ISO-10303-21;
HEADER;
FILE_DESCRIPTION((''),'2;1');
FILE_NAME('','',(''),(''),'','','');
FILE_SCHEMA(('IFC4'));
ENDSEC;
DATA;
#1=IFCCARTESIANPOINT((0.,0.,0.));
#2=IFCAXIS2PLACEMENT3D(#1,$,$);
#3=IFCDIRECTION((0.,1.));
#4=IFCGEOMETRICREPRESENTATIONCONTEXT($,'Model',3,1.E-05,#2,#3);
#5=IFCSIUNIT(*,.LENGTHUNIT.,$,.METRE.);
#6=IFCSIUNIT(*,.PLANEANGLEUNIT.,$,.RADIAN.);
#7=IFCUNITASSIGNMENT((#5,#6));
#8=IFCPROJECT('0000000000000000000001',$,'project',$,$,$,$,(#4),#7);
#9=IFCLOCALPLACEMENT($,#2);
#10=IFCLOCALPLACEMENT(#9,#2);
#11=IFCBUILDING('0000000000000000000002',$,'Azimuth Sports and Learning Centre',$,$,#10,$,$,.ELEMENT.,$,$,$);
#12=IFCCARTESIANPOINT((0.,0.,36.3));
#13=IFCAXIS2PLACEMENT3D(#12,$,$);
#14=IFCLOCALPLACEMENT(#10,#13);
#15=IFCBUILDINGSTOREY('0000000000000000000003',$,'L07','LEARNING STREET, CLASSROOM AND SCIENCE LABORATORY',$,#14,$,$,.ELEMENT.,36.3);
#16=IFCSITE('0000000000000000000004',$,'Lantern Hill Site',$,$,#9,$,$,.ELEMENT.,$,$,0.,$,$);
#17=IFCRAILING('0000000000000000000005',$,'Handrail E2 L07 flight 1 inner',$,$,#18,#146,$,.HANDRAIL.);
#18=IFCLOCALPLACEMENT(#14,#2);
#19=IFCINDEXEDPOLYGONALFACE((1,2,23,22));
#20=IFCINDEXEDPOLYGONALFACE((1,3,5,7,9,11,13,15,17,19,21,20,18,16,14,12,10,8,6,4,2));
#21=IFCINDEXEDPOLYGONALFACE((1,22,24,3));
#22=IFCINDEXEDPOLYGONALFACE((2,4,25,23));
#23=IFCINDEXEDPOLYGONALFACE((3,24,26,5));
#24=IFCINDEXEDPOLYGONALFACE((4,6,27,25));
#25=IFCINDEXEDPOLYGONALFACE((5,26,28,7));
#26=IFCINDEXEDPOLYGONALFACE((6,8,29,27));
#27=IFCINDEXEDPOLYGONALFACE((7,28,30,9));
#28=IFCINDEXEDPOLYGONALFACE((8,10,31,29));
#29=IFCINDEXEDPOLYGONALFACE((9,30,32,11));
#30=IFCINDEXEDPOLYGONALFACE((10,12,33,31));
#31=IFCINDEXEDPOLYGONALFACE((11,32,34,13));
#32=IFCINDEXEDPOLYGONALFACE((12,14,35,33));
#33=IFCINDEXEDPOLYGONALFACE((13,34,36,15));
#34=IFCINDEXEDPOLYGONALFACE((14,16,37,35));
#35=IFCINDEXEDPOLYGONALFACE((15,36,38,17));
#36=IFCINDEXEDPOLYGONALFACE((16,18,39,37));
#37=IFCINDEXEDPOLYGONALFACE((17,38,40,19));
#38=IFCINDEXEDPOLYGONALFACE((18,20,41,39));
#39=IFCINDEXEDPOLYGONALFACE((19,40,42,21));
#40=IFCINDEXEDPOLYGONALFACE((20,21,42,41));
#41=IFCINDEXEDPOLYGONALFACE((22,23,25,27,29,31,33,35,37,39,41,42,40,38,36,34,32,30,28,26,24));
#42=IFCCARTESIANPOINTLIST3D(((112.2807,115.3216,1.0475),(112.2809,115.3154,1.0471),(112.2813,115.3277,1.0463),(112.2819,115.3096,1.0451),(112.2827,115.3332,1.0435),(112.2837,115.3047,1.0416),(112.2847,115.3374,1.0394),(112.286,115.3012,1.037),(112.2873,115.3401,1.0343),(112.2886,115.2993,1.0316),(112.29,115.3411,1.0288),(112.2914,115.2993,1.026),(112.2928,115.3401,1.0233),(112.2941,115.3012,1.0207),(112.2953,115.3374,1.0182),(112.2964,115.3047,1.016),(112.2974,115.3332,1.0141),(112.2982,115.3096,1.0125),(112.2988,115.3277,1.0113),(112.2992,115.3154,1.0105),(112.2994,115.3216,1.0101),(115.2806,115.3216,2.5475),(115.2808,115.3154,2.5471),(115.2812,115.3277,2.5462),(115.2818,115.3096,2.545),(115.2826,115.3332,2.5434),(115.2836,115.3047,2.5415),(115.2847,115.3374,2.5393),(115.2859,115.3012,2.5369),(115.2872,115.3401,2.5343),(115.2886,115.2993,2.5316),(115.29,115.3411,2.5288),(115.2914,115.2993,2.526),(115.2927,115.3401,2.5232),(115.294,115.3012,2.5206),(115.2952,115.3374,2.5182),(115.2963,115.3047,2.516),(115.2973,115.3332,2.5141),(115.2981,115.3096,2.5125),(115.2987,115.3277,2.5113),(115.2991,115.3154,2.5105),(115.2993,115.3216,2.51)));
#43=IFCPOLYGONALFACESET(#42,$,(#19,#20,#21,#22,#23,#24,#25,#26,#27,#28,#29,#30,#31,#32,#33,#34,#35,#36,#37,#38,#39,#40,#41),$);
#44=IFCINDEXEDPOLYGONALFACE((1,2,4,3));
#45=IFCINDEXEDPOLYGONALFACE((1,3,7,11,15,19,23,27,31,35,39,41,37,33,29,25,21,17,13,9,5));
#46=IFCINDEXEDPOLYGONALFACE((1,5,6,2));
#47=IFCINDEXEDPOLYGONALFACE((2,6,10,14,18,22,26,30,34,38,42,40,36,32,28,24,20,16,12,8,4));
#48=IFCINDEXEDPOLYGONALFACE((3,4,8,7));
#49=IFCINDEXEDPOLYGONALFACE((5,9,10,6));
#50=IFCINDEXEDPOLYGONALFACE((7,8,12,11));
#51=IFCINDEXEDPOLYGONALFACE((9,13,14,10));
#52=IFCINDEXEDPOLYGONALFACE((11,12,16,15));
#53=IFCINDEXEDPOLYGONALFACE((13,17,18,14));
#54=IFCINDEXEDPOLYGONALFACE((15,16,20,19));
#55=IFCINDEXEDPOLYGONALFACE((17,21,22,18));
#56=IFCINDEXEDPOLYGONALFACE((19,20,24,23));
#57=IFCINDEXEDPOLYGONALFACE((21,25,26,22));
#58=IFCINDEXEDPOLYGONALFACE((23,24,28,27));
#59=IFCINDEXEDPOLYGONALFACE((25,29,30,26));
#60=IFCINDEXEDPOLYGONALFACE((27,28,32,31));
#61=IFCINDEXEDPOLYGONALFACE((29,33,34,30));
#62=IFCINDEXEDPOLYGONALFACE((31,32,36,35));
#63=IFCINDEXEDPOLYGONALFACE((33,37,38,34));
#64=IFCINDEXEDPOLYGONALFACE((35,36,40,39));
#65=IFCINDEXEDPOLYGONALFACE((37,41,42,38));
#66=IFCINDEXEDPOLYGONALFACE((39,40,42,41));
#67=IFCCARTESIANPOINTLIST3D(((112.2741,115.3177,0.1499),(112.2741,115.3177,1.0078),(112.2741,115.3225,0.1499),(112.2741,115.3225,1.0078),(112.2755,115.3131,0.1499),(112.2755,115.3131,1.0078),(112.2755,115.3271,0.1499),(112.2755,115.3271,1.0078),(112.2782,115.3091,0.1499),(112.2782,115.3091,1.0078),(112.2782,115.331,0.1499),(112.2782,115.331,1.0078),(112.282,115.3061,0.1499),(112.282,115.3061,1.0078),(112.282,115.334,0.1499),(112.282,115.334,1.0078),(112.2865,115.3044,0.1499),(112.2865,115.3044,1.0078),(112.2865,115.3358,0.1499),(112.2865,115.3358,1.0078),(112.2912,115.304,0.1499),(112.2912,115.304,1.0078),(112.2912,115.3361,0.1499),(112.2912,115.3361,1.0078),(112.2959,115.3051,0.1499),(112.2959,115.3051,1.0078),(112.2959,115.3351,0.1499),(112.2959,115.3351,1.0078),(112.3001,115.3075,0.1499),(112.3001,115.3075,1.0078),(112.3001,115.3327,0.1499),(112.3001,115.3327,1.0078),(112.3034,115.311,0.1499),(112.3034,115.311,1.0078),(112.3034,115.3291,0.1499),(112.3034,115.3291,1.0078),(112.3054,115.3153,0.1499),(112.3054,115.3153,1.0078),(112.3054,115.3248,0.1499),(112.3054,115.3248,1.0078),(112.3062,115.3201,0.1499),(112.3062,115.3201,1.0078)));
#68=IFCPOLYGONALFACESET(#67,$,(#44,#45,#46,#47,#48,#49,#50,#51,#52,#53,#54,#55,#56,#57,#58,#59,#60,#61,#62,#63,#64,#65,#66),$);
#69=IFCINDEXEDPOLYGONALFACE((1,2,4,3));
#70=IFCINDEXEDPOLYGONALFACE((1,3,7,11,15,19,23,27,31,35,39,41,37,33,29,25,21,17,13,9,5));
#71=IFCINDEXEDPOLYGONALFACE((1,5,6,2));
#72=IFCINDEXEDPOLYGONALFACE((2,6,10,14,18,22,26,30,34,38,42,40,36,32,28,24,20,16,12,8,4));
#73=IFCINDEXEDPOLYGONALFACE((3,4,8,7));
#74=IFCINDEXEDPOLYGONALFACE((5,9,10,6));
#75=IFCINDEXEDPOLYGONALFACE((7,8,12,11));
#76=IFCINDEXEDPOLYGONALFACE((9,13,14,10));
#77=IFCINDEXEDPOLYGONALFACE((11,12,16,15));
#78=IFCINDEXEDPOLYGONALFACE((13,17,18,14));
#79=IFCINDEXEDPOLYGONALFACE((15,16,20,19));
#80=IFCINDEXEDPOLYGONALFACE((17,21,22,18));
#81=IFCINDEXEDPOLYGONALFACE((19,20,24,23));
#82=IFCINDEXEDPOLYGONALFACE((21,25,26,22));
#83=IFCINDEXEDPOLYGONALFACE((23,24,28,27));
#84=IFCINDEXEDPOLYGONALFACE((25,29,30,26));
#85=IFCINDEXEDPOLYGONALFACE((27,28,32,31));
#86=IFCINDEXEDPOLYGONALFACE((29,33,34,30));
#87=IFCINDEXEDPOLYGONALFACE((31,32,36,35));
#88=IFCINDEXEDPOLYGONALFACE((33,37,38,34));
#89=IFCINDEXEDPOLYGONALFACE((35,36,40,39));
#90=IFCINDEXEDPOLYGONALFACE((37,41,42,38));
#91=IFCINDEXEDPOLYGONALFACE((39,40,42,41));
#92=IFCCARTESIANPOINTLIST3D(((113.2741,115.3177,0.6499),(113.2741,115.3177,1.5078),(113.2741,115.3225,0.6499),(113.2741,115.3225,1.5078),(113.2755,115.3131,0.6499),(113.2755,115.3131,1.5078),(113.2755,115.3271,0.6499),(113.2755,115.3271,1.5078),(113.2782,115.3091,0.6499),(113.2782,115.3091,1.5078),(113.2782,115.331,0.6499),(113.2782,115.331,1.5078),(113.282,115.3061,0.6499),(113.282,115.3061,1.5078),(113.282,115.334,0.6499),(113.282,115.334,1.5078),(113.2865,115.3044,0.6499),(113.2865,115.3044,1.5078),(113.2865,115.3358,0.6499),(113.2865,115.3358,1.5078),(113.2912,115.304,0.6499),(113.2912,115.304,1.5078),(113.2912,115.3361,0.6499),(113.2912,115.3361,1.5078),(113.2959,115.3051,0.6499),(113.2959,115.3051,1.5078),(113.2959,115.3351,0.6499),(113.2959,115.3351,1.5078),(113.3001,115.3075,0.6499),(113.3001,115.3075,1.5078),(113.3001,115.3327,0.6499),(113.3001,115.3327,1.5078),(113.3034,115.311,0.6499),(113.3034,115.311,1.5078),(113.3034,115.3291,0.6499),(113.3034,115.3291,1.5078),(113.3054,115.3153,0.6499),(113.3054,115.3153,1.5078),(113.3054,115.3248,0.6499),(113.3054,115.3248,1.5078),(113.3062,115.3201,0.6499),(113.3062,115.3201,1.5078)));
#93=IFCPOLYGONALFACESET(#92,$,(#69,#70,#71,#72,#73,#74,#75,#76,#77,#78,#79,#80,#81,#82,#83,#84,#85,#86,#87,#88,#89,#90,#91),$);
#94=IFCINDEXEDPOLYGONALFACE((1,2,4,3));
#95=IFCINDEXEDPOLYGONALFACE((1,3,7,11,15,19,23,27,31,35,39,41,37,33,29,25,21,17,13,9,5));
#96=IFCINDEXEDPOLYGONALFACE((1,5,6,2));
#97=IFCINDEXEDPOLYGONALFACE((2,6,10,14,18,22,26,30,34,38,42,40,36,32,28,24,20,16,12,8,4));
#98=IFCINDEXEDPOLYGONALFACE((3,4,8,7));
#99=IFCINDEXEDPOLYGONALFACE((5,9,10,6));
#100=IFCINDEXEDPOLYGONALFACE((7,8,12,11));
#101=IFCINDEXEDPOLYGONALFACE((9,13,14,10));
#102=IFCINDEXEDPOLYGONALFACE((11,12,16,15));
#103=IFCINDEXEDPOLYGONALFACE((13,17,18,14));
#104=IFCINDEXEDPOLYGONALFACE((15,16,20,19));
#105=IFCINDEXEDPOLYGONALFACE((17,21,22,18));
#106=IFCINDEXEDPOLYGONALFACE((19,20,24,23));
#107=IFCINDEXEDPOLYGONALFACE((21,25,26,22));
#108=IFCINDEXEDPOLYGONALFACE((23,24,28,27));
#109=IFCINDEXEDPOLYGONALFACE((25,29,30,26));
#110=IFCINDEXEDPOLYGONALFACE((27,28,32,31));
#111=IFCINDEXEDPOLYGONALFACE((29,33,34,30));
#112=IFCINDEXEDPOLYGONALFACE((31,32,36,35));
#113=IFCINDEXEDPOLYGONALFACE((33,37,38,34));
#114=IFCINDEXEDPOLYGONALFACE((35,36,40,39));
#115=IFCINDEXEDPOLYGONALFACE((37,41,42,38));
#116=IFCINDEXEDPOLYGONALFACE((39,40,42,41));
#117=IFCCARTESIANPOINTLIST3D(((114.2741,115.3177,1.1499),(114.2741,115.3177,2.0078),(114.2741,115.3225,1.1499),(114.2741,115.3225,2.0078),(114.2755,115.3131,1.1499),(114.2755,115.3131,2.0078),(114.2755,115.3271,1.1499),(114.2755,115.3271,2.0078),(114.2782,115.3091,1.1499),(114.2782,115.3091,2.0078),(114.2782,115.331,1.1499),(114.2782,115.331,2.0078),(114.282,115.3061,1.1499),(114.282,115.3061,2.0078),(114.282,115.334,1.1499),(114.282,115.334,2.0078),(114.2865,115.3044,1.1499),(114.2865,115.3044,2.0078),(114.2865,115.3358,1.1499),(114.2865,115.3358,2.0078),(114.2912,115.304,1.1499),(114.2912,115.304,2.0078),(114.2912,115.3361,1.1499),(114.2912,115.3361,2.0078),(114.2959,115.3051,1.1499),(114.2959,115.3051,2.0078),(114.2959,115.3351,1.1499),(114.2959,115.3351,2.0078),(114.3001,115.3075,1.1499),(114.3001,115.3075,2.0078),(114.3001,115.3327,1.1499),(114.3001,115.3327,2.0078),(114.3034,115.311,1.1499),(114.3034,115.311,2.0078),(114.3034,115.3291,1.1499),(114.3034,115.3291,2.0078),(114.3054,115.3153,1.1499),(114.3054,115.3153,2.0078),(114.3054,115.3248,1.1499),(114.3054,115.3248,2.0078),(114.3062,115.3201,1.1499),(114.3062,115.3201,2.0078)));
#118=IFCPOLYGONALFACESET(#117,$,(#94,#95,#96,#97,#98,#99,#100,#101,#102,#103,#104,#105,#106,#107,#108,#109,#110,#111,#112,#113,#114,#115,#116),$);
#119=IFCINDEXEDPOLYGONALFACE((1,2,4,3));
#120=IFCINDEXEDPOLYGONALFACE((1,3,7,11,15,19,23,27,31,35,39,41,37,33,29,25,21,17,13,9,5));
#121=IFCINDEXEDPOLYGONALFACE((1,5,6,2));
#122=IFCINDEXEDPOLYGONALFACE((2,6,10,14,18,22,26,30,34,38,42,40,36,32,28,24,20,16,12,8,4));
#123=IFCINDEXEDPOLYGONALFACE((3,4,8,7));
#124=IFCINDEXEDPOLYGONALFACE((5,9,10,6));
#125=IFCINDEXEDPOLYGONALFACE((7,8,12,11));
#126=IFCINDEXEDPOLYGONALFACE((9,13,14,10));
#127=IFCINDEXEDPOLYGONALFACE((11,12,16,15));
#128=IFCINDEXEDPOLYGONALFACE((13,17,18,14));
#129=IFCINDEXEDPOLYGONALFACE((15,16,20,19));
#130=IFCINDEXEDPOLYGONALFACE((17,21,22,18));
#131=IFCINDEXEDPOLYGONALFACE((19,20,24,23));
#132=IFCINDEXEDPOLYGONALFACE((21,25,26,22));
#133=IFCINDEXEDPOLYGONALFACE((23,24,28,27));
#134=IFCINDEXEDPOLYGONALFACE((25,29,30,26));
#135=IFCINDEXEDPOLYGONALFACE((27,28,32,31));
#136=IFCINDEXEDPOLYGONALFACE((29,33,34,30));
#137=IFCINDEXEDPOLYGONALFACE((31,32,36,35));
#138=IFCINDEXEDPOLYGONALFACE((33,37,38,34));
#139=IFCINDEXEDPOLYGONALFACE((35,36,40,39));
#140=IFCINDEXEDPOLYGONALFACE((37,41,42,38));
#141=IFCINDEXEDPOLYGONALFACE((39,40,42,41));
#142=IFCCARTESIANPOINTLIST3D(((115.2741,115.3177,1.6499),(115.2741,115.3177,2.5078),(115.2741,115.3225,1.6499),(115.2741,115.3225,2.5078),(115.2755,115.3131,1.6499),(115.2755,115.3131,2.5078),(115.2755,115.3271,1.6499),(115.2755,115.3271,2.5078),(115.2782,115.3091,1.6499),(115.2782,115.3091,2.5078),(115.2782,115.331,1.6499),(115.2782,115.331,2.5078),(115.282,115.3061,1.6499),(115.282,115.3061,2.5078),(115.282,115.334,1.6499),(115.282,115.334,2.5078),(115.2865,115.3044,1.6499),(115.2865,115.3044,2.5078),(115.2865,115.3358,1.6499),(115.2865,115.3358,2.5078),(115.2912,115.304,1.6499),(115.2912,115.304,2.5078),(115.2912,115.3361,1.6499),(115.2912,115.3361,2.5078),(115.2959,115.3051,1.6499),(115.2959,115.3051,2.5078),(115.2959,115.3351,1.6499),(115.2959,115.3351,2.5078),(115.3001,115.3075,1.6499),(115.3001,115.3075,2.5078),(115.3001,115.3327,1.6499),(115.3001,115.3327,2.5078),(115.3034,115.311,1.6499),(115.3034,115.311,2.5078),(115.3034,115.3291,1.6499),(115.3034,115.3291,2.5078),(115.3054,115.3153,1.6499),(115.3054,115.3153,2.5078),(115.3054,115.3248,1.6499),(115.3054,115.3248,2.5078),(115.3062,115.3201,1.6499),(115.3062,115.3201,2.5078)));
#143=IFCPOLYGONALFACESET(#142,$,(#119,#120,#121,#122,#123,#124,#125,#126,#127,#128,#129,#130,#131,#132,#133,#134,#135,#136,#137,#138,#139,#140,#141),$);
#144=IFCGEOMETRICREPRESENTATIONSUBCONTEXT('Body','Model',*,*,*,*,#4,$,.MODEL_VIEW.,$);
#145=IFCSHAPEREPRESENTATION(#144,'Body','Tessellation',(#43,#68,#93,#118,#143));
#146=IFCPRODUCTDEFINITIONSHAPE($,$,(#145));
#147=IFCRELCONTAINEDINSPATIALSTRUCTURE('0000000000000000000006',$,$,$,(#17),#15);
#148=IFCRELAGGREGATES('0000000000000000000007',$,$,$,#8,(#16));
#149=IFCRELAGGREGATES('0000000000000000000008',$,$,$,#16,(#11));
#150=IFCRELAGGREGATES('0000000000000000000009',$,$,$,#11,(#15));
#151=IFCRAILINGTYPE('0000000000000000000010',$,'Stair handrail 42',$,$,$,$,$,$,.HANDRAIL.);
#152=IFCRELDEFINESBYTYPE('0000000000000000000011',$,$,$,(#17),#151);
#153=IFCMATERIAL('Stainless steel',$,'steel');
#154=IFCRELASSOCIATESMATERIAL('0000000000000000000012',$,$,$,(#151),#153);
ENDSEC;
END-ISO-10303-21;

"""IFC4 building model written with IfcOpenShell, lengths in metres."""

from ifc_helpers import new_model, si_unit, direction, frame, origin, origin_2d, place, context, subcontext, project, spatial, circle, extrude, material, type_object, element, save


model = new_model("IFC4")

# Units and contexts
model_context = context("Model", 3, precision=1e-05, world=origin(), true_north=direction((0.0, 1.0)))
body_context = subcontext(model_context, "Body", "Model", "MODEL_VIEW")
ifc_project = project(units=[si_unit("LENGTHUNIT", "METRE"), si_unit("PLANEANGLEUNIT", "RADIAN")], contexts=[model_context])

# Site, building, storey
site_placement = place(None, origin())
site = spatial("IfcSite", under=ifc_project, at=site_placement, Name="Lantern Hill Site", CompositionType="ELEMENT", RefElevation=0.0)
building_placement = place(site_placement, origin())
building = spatial("IfcBuilding", under=site, at=building_placement, Name="Azimuth Sports and Learning Centre", CompositionType="ELEMENT")
storey_placement = place(building_placement, frame((0.0, 0.0, 36.3)))
storey = spatial("IfcBuildingStorey", under=building, at=storey_placement, Name="L07", Description="LEARNING STREET, CLASSROOM AND SCIENCE LABORATORY", CompositionType="ELEMENT", Elevation=36.3)

# Railing
ifc_material_1 = material(Name="Stainless steel", Category="steel")
railing_type_1 = type_object("IfcRailingType", Name="Stair handrail 42", PredefinedType="HANDRAIL", material=ifc_material_1)
for number, where, name in (
    (1, (112.29, 115.3201, 0.1499), "Handrail E2 L07 flight 1 inner"),
):
    element("IfcRailing", number, at=place(storey_placement, frame(where)), inside=storey, type_object=railing_type_1, Name=name, PredefinedType="HANDRAIL", context=body_context, shape_type="SweptSolid", body=[
        extrude(circle(Radius=0.021, at=origin_2d()), frame((0.0, 0.0, 0.8789), z_axis=(0.894427, 0.0, 0.447214), x_axis=(0.0, 1.0, 0.0)), (0.0, 0.0, 1.0), 3.354),
        extrude(circle(Radius=0.0161, at=origin_2d()), origin(), (0.0, 0.0, 1.0), 0.8579),
        extrude(circle(Radius=0.0161, at=origin_2d()), frame((1.0, 0.0, 0.5)), (0.0, 0.0, 1.0), 0.8579),
        extrude(circle(Radius=0.0161, at=origin_2d()), frame((2.0, 0.0, 1.0)), (0.0, 0.0, 1.0), 0.8579),
        extrude(circle(Radius=0.0161, at=origin_2d()), frame((3.0, 0.0, 1.5)), (0.0, 0.0, 1.0), 0.8579),
    ])

save(model, "model.ifc")
